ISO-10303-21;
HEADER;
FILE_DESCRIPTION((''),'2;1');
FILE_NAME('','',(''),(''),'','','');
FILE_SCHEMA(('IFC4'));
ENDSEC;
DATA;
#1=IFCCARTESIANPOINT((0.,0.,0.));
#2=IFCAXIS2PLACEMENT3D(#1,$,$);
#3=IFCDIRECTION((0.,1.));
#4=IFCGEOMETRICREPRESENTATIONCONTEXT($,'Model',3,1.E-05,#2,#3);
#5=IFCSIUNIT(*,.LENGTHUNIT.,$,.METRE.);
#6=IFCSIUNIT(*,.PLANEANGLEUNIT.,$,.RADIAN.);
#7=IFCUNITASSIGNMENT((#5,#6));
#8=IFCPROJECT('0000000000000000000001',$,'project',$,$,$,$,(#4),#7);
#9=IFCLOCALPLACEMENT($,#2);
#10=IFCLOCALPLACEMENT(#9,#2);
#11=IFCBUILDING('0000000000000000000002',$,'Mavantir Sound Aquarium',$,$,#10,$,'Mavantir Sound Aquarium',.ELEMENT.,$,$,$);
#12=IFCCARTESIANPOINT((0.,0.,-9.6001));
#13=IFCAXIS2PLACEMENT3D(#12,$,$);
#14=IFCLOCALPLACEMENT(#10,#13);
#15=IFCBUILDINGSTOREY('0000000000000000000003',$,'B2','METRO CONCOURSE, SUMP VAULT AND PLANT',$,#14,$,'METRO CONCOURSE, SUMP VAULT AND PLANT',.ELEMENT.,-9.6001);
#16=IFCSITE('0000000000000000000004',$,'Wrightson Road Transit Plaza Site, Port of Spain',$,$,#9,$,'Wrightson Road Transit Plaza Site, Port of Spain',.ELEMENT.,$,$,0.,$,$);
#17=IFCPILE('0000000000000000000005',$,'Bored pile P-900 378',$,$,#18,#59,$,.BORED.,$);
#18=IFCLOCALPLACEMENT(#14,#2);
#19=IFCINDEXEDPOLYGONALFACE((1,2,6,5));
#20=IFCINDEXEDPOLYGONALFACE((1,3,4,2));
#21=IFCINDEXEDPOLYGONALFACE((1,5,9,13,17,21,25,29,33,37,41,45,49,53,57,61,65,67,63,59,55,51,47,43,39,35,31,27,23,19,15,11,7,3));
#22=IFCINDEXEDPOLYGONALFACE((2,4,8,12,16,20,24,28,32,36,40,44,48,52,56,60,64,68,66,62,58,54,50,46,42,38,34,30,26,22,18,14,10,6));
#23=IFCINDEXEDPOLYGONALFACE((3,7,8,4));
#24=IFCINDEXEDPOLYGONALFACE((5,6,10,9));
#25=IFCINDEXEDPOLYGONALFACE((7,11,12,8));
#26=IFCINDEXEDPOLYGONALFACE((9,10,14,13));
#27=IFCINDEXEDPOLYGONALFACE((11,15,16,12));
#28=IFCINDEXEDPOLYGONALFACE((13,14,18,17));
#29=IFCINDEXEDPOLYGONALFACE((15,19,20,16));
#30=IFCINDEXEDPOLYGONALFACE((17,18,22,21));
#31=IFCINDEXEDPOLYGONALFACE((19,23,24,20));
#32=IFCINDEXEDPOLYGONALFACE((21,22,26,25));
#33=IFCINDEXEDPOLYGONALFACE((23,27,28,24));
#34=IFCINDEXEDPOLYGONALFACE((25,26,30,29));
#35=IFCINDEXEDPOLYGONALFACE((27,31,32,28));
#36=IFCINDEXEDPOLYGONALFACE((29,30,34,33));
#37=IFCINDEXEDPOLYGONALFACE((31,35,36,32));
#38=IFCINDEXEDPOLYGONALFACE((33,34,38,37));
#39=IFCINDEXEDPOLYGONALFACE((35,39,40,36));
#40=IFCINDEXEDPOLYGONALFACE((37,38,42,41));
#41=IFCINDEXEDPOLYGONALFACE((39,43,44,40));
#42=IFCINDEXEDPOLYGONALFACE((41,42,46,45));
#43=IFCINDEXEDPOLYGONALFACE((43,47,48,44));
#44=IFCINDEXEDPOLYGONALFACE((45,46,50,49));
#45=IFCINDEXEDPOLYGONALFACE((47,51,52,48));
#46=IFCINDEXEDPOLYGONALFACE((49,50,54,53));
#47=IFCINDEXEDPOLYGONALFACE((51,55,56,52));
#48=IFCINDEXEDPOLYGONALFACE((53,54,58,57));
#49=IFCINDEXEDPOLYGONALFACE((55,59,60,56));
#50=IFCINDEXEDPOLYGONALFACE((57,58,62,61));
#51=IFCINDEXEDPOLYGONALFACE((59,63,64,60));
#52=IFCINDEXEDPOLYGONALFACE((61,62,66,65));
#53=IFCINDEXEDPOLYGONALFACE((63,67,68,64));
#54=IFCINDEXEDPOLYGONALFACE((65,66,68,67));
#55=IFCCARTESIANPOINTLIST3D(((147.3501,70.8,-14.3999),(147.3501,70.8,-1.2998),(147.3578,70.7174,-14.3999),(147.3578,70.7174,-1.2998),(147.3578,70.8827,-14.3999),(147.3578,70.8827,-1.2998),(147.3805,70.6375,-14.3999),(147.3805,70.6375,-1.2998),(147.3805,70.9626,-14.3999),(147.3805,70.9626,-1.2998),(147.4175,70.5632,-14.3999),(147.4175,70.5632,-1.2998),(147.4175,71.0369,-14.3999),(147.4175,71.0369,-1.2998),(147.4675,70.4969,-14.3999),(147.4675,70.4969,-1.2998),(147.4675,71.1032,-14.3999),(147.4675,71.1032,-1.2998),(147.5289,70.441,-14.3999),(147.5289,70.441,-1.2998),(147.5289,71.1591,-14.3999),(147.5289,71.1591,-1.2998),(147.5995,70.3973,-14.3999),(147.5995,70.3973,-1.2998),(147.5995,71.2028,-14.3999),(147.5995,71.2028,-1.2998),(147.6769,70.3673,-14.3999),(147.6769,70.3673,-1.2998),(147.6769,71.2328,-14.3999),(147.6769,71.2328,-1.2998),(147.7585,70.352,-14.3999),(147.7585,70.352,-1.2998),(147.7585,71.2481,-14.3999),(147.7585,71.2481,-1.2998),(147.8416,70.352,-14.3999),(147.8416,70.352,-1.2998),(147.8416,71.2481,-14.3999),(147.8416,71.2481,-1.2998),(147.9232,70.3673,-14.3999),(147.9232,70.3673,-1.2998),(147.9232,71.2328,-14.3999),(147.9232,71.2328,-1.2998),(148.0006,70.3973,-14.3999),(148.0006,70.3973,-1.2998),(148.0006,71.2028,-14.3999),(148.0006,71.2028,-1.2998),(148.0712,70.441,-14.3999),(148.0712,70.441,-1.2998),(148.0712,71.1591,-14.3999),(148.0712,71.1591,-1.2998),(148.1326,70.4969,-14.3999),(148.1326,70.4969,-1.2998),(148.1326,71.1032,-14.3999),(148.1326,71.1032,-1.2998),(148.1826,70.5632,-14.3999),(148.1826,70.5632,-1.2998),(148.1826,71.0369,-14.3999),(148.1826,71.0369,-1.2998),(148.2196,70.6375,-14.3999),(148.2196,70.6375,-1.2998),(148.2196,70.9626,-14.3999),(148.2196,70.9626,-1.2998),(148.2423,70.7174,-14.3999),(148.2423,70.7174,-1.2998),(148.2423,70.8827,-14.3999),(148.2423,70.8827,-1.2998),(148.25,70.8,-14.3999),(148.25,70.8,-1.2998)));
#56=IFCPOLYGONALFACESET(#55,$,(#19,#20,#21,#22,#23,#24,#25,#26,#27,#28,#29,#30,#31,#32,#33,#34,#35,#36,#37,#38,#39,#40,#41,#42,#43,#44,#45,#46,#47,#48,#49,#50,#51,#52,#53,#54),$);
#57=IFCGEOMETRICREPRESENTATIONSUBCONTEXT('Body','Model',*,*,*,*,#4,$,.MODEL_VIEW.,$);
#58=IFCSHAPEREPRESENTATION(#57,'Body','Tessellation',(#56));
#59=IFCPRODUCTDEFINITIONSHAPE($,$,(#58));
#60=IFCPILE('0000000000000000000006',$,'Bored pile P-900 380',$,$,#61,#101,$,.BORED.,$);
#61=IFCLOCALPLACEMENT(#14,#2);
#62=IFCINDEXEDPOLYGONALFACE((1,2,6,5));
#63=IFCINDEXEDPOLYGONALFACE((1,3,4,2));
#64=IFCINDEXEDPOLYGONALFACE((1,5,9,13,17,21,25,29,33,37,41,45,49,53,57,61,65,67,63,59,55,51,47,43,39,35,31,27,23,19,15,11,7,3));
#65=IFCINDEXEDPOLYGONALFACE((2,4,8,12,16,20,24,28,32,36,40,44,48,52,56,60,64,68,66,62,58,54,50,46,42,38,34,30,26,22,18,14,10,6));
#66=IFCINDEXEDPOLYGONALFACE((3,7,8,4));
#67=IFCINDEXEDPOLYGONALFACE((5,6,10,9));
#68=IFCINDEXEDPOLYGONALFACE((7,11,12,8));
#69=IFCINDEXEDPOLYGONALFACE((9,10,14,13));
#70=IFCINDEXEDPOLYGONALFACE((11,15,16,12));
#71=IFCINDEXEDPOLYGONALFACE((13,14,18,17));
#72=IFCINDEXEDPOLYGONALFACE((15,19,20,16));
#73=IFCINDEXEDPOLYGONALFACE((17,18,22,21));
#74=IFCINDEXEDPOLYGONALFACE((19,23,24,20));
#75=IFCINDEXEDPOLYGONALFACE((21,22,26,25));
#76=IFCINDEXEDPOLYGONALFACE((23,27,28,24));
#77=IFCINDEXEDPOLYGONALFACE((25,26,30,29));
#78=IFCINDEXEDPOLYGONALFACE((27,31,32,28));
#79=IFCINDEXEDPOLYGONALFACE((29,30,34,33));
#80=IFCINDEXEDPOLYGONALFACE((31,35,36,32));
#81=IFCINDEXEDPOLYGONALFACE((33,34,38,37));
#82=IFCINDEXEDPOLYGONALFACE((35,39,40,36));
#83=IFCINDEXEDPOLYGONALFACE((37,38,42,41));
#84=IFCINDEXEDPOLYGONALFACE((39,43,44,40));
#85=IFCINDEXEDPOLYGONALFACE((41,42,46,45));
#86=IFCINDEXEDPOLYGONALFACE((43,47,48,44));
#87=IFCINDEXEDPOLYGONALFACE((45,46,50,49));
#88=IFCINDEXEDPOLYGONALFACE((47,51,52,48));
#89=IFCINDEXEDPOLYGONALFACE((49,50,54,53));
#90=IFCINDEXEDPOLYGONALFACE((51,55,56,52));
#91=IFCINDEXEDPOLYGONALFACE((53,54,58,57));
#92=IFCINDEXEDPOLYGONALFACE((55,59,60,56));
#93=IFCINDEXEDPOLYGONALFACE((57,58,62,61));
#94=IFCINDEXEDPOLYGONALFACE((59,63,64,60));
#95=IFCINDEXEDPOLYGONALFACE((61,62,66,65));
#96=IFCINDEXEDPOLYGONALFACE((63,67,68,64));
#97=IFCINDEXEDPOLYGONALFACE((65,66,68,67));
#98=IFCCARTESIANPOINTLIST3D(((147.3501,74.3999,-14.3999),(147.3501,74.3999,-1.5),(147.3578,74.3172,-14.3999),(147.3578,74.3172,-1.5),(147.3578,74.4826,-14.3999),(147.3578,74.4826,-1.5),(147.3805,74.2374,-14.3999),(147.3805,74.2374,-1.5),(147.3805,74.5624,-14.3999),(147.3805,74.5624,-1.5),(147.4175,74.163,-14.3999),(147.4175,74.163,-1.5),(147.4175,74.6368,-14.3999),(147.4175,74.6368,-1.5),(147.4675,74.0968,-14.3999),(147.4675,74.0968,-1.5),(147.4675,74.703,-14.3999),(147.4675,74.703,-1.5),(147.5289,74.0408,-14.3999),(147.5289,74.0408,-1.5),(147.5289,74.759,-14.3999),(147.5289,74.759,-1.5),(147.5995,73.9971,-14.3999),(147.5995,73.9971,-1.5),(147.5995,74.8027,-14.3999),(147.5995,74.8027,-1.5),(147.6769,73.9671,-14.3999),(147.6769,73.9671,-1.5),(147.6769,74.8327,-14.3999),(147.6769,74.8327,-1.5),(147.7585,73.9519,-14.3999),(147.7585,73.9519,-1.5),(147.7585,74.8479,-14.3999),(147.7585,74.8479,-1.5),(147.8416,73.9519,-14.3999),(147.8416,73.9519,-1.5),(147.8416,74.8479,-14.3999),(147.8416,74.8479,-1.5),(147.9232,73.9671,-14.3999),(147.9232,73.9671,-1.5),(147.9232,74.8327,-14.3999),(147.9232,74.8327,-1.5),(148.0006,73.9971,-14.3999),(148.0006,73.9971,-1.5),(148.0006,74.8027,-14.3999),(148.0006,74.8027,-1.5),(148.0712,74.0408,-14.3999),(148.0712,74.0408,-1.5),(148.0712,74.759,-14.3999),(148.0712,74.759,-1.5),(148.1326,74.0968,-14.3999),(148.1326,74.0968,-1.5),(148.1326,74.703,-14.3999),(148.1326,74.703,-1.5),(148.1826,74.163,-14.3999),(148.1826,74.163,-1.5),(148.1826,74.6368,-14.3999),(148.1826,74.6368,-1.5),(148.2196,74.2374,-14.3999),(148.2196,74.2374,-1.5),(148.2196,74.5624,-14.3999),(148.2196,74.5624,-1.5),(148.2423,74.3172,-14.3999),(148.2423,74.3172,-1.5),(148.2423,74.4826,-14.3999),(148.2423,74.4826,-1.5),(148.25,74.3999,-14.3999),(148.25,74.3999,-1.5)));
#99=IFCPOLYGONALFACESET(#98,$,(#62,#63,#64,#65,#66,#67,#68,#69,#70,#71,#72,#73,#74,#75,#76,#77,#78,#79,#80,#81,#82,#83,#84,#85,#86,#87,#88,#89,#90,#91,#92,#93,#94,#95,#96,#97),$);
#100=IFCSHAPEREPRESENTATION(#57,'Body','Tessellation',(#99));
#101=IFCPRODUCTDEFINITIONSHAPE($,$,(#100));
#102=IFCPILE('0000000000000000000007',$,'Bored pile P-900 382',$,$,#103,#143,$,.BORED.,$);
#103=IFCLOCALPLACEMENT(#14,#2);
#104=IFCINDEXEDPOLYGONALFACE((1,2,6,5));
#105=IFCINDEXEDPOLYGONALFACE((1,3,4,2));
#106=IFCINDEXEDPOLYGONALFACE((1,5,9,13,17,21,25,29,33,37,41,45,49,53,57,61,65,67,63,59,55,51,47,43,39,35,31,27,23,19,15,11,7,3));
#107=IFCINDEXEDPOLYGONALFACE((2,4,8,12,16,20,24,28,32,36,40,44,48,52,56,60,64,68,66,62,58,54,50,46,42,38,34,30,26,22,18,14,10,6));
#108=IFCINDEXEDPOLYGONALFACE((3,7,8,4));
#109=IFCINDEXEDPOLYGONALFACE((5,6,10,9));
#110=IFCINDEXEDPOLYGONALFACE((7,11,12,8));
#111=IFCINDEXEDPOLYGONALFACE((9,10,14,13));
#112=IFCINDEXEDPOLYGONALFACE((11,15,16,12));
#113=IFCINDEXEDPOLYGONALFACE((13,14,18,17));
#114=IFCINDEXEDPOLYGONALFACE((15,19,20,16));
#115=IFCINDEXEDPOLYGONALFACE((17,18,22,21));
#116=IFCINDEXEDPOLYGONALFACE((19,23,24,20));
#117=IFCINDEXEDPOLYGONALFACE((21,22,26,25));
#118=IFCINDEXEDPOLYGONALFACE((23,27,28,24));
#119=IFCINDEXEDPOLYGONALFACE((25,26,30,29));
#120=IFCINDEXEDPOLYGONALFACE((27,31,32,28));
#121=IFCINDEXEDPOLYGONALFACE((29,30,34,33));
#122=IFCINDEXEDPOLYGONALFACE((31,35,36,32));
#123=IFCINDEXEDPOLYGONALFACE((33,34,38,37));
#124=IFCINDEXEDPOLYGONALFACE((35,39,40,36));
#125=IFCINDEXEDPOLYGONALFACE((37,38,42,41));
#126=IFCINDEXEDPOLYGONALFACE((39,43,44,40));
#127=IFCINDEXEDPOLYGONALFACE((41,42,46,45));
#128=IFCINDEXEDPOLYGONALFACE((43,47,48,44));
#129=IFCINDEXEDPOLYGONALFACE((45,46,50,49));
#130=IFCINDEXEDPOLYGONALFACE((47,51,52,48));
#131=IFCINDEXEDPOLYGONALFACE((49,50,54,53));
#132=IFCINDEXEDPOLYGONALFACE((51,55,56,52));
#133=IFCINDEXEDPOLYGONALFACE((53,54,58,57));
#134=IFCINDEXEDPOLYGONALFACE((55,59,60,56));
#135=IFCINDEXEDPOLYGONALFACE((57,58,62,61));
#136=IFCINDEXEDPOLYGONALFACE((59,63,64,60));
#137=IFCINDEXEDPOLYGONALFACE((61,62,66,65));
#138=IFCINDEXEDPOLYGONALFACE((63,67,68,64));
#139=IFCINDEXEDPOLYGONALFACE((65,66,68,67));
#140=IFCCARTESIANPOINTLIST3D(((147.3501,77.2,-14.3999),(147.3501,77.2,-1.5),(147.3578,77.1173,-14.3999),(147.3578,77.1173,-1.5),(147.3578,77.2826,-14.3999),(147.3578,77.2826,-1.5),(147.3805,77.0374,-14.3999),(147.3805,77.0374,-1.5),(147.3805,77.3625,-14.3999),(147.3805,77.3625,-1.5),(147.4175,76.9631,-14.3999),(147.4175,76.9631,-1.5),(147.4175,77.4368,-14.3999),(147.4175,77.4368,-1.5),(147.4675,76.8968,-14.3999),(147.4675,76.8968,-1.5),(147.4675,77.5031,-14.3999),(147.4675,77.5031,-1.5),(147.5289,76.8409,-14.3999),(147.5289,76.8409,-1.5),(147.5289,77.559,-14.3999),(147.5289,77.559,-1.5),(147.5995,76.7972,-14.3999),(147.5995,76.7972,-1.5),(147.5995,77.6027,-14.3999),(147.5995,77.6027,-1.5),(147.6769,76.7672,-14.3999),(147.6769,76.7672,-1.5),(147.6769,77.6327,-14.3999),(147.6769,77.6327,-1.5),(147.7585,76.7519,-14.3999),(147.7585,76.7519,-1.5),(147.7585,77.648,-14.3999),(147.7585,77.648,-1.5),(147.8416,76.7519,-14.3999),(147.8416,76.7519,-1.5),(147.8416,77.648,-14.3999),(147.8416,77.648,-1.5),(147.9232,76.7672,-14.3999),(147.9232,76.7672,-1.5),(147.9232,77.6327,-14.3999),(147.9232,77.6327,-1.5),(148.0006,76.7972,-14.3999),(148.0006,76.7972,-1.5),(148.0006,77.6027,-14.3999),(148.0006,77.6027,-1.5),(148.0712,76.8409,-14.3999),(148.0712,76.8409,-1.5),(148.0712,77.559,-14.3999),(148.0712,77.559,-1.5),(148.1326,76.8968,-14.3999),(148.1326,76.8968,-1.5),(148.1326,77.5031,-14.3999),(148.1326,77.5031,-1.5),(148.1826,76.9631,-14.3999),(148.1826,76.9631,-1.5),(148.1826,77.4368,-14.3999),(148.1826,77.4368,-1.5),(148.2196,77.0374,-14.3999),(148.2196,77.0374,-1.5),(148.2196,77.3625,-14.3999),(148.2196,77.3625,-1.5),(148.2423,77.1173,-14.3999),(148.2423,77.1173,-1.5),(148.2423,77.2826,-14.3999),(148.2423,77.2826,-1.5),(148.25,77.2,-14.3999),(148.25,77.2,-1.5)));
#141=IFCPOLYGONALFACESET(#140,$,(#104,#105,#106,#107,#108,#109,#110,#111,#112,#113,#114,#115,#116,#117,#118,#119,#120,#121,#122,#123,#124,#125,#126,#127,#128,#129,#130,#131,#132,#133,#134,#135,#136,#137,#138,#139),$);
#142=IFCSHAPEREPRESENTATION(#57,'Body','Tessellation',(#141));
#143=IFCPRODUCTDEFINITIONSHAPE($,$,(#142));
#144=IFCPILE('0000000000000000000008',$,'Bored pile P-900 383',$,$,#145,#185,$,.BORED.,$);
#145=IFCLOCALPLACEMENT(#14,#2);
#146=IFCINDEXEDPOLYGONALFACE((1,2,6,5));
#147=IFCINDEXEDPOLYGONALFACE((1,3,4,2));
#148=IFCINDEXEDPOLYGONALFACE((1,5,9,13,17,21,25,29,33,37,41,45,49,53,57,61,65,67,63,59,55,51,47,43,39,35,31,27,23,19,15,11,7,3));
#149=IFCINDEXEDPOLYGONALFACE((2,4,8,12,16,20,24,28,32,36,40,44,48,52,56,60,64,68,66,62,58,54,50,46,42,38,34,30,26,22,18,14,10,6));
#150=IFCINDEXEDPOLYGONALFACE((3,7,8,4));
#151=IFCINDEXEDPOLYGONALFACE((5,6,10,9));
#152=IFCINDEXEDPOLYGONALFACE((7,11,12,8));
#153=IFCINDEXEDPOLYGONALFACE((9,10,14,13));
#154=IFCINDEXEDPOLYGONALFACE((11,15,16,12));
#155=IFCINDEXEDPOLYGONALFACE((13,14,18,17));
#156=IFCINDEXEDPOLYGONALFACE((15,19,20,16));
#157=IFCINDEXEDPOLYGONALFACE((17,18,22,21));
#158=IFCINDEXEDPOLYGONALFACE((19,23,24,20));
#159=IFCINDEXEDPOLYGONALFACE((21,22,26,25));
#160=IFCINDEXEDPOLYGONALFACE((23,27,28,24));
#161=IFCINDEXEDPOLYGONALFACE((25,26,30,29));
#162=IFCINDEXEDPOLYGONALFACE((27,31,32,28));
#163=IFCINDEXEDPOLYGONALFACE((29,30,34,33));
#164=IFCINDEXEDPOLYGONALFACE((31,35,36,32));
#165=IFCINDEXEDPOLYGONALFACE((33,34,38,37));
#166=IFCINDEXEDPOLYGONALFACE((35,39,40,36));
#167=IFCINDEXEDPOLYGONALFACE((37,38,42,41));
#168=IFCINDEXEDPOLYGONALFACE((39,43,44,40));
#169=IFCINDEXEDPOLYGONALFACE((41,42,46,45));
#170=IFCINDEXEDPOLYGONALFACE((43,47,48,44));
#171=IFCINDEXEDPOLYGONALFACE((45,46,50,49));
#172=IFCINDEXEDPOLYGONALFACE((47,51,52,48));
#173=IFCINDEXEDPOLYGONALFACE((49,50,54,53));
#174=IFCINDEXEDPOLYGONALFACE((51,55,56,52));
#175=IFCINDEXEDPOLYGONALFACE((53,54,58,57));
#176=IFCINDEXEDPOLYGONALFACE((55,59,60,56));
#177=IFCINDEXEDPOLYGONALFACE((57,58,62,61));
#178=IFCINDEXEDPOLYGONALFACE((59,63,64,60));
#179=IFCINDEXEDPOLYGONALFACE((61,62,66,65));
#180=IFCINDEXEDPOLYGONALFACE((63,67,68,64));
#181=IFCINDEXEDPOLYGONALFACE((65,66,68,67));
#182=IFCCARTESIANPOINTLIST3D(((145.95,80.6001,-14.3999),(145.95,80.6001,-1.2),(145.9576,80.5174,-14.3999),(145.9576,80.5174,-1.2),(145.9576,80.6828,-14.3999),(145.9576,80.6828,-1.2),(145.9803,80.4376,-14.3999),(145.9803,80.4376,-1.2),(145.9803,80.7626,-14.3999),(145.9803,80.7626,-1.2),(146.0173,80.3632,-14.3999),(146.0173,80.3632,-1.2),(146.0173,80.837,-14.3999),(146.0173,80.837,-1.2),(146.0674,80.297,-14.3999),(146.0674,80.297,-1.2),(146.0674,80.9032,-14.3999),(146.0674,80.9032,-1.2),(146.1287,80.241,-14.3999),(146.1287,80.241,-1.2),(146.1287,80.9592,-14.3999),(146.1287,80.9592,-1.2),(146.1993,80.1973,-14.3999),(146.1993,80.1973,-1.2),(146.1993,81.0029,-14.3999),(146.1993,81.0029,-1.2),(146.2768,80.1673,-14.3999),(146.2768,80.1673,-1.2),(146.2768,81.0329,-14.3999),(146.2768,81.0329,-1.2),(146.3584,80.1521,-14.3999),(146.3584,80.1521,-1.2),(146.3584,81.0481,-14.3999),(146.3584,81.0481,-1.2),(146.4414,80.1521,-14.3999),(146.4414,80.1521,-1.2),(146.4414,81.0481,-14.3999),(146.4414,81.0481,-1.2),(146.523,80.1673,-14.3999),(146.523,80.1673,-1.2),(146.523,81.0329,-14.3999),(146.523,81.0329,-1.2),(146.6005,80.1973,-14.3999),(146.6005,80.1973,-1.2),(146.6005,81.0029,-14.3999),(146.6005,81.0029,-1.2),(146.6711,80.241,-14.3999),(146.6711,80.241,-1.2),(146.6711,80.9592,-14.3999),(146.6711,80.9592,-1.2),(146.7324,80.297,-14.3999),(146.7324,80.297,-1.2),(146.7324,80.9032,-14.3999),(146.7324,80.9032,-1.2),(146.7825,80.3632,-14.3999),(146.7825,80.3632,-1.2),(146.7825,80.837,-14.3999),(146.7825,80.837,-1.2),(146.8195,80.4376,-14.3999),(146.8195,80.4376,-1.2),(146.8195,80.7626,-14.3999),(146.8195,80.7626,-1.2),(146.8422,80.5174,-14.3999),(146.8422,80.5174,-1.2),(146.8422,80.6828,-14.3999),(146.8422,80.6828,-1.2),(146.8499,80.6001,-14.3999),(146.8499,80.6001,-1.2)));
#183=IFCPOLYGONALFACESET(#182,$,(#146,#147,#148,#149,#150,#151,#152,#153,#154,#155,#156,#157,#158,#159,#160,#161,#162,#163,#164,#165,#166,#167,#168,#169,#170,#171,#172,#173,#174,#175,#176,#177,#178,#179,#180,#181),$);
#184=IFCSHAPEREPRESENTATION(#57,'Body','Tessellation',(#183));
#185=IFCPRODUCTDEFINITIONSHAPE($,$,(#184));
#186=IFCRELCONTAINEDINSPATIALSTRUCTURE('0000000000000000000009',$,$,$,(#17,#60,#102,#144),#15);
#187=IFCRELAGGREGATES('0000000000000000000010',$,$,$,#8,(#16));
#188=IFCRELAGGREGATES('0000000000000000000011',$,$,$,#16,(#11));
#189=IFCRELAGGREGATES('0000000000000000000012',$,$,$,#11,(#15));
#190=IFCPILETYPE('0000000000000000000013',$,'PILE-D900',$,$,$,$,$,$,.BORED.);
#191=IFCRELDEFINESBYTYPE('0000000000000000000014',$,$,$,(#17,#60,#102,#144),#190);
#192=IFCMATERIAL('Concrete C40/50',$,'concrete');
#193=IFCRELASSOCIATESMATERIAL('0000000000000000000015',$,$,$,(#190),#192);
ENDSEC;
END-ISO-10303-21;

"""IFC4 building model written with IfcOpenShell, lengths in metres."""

from ifc_helpers import new_model, si_unit, direction, frame, origin, origin_2d, place, context, subcontext, project, spatial, circle, extrude, material, material_profile, profile_set, type_object, element, save


model = new_model("IFC4")

# Units and contexts
model_context = context("Model", 3, precision=1e-05, world=origin(), true_north=direction((0.0, 1.0)))
body_context = subcontext(model_context, "Body", "Model", "MODEL_VIEW")
ifc_project = project(units=[si_unit("LENGTHUNIT", "METRE"), si_unit("PLANEANGLEUNIT", "RADIAN")], contexts=[model_context])

# Site, building, storey
site_placement = place(None, origin())
site = spatial("IfcSite", under=ifc_project, at=site_placement, Name="Wrightson Road Transit Plaza Site, Port of Spain", LongName="Wrightson Road Transit Plaza Site, Port of Spain", CompositionType="ELEMENT", RefElevation=0.0)
building_placement = place(site_placement, origin())
building = spatial("IfcBuilding", under=site, at=building_placement, Name="Mavantir Sound Aquarium", LongName="Mavantir Sound Aquarium", CompositionType="ELEMENT")
storey_placement = place(building_placement, frame((0.0, 0.0, -9.6001)))
storey = spatial("IfcBuildingStorey", under=building, at=storey_placement, Name="B2", Description="METRO CONCOURSE, SUMP VAULT AND PLANT", LongName="METRO CONCOURSE, SUMP VAULT AND PLANT", CompositionType="ELEMENT", Elevation=-9.6001)

# Shared definitions
ifc_material_1 = material(Name="Concrete C40/50", Category="concrete")

# Piles
ifc_material_profile_1 = material_profile(ifc_material_1, circle(Radius=0.45, at=origin_2d()), Name="PILE D900")
ifc_profile_set_1 = profile_set([ifc_material_profile_1], Name="Concrete C40/50")
pile_type = type_object("IfcPileType", Name="PILE-D900", PredefinedType="BORED", material=ifc_profile_set_1)
pile_1_placement = place(storey_placement, frame((147.8, 70.8, -1.2998), z_axis=(0.0, 0.0, -1.0), x_axis=(1.0, 0.0, 0.0)))
element("IfcPile", 1, at=pile_1_placement, inside=storey, type_object=pile_type, Name="Bored pile P-900 378", PredefinedType="BORED", context=body_context, shape_type="SweptSolid", body=[
    extrude(circle(Radius=0.45, at=origin_2d()), origin(), (0.0, 0.0, 1.0), 13.1001),
])
for number, where, z_axis, x_axis, name in (
    (2, (147.8, 74.3999, -1.5), (0.0, 0.0, -1.0), (1.0, 0.0, 0.0), "Bored pile P-900 380"),
    (3, (147.8, 77.2, -1.5), (0.0, 0.0, -1.0), (1.0, 0.0, 0.0), "Bored pile P-900 382"),
):
    element("IfcPile", number, at=place(storey_placement, frame(where, z_axis=z_axis, x_axis=x_axis)), inside=storey, type_object=pile_type, Name=name, PredefinedType="BORED", context=body_context, shape_type="SweptSolid", body=[
        extrude(circle(Radius=0.45, at=origin_2d()), origin(), (0.0, 0.0, 1.0), 12.8999),
    ])
pile_2_placement = place(storey_placement, frame((146.3999, 80.6001, -1.2), z_axis=(0.0, 0.0, -1.0), x_axis=(1.0, 0.0, 0.0)))
element("IfcPile", 4, at=pile_2_placement, inside=storey, type_object=pile_type, Name="Bored pile P-900 383", PredefinedType="BORED", context=body_context, shape_type="SweptSolid", body=[
    extrude(circle(Radius=0.45, at=origin_2d()), origin(), (0.0, 0.0, 1.0), 13.2),
])

save(model, "model.ifc")
